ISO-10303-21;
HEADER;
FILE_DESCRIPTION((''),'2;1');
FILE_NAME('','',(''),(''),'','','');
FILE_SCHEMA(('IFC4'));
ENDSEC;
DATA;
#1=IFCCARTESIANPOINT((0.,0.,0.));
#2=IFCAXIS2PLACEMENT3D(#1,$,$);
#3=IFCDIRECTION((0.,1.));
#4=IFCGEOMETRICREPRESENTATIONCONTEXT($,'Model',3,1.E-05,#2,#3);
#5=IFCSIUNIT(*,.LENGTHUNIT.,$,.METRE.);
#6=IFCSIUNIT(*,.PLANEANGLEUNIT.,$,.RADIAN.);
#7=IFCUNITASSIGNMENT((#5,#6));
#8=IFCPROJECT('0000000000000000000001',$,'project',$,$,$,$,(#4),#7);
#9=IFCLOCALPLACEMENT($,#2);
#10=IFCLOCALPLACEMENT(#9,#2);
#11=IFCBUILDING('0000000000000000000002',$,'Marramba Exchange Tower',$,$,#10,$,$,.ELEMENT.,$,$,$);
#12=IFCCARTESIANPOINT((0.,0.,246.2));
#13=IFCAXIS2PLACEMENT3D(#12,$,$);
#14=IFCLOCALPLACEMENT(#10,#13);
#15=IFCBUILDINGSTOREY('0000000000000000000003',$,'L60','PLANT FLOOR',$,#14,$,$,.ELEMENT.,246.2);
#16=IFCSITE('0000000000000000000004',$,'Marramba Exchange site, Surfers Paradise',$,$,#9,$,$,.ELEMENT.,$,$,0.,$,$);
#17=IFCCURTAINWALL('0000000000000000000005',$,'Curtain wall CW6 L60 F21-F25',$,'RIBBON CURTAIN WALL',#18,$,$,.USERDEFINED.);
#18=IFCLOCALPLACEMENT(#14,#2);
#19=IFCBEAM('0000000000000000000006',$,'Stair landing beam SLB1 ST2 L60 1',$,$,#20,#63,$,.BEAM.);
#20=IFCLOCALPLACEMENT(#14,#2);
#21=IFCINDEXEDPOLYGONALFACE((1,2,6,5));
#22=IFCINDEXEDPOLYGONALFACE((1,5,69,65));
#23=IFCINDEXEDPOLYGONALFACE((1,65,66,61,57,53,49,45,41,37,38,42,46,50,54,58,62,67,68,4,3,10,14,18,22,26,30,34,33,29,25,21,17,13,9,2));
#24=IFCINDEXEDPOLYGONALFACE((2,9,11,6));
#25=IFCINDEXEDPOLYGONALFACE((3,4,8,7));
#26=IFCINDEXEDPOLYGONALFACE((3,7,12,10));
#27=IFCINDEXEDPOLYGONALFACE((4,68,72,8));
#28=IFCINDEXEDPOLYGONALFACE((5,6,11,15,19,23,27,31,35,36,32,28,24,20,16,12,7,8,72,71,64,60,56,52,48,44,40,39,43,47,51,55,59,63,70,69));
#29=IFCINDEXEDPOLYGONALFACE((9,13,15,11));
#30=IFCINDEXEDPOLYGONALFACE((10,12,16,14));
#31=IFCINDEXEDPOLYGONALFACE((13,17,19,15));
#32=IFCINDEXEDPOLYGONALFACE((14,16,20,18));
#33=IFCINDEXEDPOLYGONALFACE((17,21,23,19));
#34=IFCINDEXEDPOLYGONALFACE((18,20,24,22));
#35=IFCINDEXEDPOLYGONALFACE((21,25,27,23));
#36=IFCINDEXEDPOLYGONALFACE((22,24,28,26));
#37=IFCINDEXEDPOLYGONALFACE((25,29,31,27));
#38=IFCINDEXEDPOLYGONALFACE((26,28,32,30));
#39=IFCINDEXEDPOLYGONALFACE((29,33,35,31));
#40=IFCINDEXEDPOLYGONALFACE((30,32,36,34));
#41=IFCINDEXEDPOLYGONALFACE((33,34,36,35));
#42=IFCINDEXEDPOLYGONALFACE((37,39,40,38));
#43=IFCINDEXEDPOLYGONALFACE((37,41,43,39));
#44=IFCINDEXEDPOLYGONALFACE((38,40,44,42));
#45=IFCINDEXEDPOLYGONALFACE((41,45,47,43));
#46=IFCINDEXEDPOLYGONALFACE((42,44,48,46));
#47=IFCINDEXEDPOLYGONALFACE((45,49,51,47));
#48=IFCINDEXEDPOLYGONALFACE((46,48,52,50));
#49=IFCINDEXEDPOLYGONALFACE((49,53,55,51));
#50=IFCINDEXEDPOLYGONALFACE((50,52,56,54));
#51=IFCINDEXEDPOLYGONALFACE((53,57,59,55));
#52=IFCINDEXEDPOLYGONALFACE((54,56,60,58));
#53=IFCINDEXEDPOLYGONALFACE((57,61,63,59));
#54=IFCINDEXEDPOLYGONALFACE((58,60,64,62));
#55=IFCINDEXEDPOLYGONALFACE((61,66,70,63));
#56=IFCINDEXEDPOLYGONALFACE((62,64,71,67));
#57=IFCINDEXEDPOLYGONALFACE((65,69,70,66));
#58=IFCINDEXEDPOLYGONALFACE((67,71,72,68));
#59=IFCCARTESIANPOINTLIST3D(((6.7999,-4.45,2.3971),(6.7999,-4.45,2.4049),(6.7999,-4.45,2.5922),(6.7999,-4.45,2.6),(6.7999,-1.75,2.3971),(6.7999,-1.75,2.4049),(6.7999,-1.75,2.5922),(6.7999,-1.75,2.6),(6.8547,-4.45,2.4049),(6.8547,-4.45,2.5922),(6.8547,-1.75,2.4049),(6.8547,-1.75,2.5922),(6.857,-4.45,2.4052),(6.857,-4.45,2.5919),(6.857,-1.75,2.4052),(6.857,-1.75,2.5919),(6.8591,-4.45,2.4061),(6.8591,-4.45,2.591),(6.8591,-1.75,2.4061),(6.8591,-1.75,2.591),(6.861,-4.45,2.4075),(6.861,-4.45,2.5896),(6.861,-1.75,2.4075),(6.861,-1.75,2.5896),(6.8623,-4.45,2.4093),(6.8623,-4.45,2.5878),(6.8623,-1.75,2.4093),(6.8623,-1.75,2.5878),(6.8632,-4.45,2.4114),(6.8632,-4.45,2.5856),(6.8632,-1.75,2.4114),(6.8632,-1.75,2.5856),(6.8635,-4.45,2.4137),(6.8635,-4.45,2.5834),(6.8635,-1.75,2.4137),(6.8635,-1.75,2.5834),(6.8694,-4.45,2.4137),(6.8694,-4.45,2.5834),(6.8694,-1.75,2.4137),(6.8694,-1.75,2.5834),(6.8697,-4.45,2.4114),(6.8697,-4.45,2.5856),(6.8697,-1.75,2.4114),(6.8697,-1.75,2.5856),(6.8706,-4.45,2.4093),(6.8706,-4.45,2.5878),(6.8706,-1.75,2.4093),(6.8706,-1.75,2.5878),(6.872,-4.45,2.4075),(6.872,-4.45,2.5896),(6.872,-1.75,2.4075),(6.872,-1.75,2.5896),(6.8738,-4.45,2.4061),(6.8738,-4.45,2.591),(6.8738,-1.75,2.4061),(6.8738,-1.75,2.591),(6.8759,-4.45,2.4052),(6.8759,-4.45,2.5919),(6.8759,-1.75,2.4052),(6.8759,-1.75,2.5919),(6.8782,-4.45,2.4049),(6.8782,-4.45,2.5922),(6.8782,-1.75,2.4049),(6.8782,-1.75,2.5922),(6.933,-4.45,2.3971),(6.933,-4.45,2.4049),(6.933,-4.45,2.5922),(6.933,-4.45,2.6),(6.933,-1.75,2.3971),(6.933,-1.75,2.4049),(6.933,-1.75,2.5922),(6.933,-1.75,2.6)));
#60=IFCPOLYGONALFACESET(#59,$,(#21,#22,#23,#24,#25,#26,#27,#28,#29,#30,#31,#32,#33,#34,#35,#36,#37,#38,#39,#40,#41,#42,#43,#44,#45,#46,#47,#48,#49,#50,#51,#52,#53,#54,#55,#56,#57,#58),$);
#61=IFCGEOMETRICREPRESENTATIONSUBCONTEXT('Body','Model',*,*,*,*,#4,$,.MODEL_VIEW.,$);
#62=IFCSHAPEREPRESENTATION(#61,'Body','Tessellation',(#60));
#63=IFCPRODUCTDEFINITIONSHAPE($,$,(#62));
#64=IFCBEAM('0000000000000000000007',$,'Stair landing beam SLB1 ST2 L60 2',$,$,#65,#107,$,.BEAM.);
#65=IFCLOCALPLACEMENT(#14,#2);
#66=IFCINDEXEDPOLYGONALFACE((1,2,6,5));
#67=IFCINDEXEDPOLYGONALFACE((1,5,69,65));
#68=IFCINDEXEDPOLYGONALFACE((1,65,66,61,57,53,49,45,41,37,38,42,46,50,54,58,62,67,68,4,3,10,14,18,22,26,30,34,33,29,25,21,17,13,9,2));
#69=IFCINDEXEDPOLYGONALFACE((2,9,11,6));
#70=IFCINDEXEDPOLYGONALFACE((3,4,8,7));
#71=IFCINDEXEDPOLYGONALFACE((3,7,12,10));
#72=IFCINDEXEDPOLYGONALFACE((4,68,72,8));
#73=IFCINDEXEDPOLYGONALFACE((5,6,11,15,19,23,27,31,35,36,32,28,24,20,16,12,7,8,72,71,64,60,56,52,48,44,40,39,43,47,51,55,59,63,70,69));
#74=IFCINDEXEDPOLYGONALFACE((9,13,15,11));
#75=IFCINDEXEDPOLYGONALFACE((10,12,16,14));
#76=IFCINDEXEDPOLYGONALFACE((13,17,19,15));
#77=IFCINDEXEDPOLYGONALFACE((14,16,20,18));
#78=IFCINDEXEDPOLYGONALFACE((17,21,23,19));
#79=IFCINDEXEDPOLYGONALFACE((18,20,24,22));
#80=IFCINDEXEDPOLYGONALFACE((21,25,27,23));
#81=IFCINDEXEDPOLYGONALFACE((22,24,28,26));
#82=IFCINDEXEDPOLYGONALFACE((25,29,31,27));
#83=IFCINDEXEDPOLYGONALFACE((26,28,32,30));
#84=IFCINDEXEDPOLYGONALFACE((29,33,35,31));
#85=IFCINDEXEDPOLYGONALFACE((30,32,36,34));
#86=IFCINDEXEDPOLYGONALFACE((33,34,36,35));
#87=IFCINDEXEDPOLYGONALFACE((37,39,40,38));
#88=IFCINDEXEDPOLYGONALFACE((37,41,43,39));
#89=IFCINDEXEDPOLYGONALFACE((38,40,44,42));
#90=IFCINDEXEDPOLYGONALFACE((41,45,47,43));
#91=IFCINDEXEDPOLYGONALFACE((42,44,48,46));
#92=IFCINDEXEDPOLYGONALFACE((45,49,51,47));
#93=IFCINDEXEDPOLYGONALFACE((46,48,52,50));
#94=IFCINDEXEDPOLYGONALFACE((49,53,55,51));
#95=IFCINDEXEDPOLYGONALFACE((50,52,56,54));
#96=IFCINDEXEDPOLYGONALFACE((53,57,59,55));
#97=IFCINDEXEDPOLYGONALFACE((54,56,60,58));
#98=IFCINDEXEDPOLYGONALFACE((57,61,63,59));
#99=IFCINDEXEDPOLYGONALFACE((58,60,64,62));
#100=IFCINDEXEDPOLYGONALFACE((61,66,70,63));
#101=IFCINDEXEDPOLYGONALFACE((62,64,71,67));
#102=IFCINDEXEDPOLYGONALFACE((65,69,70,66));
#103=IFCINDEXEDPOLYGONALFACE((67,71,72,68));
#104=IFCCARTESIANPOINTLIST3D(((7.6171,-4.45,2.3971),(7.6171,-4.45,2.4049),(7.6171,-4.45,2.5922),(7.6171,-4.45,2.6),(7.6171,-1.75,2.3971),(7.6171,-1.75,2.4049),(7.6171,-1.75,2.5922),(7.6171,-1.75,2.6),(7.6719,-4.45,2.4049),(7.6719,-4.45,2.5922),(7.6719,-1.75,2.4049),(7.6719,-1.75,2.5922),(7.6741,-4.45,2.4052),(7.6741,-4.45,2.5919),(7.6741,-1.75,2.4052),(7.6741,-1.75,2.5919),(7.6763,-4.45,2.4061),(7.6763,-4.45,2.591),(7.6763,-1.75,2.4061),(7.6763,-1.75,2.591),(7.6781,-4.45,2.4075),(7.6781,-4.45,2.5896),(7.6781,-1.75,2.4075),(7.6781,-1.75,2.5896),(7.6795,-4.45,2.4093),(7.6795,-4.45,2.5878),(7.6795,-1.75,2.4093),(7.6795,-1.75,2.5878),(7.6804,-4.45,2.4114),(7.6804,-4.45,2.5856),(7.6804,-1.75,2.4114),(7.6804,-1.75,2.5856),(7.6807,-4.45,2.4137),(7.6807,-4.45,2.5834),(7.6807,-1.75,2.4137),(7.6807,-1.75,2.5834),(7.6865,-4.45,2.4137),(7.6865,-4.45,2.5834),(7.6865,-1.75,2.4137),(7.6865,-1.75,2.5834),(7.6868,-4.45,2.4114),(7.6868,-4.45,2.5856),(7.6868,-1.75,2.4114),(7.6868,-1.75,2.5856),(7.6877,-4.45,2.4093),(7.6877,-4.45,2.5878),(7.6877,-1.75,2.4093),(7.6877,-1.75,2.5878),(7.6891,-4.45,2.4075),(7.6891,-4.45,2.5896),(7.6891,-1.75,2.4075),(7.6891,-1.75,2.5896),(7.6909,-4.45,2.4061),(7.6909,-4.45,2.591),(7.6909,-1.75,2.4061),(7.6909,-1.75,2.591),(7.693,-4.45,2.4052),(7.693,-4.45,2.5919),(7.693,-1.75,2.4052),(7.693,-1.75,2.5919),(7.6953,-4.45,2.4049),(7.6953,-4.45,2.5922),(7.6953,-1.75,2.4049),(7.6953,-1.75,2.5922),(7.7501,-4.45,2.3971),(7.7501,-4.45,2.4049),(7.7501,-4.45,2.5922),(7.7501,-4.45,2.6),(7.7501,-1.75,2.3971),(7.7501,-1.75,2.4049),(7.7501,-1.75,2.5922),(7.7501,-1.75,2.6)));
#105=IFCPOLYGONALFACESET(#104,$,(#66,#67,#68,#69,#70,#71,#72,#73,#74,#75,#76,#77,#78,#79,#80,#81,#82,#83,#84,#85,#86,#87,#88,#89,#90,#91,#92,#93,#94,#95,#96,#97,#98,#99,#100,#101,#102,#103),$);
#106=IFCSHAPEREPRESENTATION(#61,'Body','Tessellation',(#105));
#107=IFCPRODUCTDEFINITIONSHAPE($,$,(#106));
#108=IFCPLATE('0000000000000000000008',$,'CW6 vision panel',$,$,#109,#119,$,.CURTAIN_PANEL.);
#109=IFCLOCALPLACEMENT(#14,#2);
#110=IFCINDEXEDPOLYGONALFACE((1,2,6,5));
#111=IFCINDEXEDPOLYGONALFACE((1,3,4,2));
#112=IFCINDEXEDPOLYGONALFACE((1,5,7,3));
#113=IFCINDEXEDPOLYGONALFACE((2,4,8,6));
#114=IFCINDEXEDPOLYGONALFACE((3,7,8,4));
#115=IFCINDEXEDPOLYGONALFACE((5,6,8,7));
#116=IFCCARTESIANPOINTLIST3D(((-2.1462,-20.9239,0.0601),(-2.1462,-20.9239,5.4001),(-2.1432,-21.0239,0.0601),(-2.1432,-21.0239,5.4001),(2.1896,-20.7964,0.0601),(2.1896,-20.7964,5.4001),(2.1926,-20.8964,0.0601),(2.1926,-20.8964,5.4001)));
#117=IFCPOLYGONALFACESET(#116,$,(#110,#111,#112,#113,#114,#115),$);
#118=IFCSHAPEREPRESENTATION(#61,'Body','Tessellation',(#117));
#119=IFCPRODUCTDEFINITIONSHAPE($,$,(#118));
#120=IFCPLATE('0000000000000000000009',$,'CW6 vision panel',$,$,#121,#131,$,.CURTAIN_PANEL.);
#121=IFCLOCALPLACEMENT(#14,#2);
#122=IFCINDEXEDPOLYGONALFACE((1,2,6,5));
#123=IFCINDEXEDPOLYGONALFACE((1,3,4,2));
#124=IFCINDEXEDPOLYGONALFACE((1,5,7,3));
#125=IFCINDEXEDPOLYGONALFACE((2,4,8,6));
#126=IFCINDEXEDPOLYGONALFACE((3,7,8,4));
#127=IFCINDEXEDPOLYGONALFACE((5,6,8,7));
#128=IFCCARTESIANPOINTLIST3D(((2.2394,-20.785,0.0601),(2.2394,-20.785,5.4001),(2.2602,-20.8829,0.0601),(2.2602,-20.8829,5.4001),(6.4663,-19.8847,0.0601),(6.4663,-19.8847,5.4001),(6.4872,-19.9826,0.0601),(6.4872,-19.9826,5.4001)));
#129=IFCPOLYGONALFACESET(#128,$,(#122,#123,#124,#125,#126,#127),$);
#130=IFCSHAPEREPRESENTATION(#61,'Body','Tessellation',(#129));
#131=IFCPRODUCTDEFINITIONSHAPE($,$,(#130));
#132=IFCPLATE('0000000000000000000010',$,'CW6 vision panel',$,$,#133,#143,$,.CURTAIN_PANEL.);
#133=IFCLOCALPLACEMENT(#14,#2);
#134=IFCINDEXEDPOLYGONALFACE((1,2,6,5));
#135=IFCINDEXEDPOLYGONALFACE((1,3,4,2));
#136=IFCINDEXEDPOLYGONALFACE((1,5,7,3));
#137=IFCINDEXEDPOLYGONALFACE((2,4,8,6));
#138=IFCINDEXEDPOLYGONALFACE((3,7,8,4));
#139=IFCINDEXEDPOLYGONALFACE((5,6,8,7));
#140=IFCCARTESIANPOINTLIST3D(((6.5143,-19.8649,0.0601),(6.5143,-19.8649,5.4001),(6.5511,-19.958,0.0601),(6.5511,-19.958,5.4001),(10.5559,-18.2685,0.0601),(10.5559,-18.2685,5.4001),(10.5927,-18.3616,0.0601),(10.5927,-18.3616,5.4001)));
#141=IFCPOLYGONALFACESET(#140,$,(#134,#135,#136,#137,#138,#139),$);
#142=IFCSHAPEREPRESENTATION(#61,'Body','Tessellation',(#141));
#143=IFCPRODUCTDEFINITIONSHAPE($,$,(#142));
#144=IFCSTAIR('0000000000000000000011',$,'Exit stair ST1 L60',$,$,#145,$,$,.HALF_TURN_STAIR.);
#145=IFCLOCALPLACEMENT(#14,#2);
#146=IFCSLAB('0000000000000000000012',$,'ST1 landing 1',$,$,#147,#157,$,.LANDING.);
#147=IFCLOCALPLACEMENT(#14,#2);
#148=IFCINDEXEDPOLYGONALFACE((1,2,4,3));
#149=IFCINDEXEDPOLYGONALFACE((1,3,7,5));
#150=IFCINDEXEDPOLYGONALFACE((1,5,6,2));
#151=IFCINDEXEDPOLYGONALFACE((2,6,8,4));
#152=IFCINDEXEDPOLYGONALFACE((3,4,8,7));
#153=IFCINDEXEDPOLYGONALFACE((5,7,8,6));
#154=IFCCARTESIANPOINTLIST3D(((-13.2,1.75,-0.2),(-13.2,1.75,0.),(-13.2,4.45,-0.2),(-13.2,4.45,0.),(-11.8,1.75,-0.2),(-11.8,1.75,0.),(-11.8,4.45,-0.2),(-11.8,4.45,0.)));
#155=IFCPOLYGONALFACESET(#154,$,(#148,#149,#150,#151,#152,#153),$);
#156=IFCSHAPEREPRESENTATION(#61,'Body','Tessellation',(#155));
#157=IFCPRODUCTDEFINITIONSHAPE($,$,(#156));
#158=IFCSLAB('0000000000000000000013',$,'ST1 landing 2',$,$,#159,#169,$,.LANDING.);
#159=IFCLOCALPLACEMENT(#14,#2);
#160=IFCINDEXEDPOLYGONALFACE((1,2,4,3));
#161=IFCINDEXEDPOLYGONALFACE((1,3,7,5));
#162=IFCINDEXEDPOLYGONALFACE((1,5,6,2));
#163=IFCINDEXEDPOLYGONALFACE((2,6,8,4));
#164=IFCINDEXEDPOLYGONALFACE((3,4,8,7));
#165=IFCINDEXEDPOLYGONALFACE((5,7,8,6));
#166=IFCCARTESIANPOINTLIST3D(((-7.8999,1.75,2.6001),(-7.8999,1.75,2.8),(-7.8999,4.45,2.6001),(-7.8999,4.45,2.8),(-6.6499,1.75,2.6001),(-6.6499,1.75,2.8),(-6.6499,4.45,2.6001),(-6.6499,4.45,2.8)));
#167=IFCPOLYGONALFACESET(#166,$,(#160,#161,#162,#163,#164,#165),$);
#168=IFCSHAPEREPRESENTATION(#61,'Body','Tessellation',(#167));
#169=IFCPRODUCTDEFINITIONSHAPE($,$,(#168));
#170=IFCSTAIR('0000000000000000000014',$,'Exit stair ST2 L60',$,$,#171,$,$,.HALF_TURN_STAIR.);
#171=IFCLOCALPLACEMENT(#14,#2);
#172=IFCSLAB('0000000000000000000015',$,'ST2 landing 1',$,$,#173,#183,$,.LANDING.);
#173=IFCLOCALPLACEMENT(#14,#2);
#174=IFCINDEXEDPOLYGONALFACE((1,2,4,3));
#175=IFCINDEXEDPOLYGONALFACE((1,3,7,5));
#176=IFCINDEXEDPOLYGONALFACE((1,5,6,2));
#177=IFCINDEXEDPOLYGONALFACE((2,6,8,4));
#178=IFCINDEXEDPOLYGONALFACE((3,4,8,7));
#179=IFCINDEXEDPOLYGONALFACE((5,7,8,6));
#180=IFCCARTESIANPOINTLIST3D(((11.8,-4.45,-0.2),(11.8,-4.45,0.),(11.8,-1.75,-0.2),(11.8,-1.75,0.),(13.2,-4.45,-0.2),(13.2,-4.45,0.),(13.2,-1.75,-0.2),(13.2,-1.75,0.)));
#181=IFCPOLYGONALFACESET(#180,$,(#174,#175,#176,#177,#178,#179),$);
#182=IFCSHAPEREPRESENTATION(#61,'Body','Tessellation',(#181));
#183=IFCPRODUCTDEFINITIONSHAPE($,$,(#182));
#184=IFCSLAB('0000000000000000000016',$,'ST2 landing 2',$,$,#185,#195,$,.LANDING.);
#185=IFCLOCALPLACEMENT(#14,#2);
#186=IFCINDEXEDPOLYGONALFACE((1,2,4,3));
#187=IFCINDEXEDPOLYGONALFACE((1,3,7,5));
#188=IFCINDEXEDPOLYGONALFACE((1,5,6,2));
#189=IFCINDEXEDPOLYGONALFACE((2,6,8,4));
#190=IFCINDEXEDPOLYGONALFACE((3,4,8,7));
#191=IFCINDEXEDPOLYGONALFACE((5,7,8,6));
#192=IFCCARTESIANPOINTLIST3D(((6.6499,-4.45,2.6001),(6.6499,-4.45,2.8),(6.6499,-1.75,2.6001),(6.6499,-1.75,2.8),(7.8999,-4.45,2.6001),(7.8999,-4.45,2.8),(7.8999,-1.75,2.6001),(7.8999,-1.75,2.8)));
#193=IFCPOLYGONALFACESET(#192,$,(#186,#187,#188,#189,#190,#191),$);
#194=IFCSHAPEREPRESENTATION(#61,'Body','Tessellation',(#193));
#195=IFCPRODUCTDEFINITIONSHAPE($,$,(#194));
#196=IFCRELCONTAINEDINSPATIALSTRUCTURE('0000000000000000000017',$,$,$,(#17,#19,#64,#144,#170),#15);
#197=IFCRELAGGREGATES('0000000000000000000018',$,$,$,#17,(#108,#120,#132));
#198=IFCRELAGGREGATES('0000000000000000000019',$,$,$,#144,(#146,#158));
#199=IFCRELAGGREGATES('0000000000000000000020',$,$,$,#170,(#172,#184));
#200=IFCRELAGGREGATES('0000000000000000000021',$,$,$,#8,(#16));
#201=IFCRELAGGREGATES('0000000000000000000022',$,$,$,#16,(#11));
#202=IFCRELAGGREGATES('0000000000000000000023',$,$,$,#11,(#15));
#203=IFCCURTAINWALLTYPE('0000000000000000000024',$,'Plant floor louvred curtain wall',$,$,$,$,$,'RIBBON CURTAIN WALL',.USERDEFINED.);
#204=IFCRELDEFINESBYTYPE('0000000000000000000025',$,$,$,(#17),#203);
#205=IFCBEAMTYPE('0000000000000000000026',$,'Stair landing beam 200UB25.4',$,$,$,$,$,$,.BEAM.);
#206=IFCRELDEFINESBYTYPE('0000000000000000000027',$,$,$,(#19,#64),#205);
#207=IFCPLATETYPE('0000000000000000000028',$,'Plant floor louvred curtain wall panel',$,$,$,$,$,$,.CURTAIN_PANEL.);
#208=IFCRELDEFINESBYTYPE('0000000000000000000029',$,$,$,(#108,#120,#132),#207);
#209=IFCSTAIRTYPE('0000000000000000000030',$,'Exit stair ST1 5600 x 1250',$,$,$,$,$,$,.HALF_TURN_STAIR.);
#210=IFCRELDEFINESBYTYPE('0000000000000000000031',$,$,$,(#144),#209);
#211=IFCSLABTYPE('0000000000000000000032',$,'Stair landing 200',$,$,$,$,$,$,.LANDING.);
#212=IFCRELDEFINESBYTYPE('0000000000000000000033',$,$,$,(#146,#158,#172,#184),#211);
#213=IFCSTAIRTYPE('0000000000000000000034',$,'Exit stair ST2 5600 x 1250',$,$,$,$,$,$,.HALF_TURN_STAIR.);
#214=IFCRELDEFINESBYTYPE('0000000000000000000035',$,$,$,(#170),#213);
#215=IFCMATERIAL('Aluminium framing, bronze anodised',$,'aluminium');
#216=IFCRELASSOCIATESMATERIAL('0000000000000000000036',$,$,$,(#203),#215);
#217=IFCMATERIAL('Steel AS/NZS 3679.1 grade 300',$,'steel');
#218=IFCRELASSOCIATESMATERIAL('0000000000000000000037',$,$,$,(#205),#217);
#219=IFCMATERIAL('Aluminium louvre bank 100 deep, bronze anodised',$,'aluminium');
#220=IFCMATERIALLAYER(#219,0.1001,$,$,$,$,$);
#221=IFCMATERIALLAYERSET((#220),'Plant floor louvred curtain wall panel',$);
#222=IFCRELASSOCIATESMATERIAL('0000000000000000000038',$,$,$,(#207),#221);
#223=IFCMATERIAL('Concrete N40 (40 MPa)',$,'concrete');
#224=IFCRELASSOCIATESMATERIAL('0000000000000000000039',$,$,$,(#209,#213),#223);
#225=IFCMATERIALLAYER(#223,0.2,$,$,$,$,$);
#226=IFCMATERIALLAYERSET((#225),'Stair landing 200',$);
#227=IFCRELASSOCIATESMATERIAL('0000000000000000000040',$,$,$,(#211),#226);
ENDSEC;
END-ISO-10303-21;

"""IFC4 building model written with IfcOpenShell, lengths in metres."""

from ifc_helpers import new_model, si_unit, direction, frame, origin, origin_2d, place, context, subcontext, project, spatial, polyline, rectangle, i_section, outline, extrude, material, layer, layer_set, material_profile, profile_set, type_object, element, aggregate, save


model = new_model("IFC4")

# Units and contexts
model_context = context("Model", 3, precision=1e-05, world=origin(), true_north=direction((0.0, 1.0)))
body_context = subcontext(model_context, "Body", "Model", "MODEL_VIEW")
ifc_project = project(units=[si_unit("LENGTHUNIT", "METRE"), si_unit("PLANEANGLEUNIT", "RADIAN")], contexts=[model_context])

# Site, building, storey
site_placement = place(None, origin())
site = spatial("IfcSite", under=ifc_project, at=site_placement, Name="Marramba Exchange site, Surfers Paradise", CompositionType="ELEMENT", RefElevation=0.0)
building_placement = place(site_placement, origin())
building = spatial("IfcBuilding", under=site, at=building_placement, Name="Marramba Exchange Tower", CompositionType="ELEMENT")
storey_placement = place(building_placement, frame((0.0, 0.0, 246.2)))
storey = spatial("IfcBuildingStorey", under=building, at=storey_placement, Name="L60", Description="PLANT FLOOR", CompositionType="ELEMENT", Elevation=246.2)

# Shared definitions
ifc_material_1 = material(Name="Steel AS/NZS 3679.1 grade 300", Category="steel")

# Curtain wall
ifc_material_2 = material(Name="Aluminium framing, bronze anodised", Category="aluminium")
curtain_wall_type = type_object("IfcCurtainWallType", Name="Plant floor louvred curtain wall", ElementType="RIBBON CURTAIN WALL", PredefinedType="USERDEFINED", material=ifc_material_2)
curtain_wall_1_placement = place(storey_placement, origin())
curtain_wall_1 = element("IfcCurtainWall", 1, at=curtain_wall_1_placement, inside=storey, type_object=curtain_wall_type, Name="Curtain wall CW6 L60 F21-F25", ObjectType="RIBBON CURTAIN WALL", PredefinedType="USERDEFINED")

# Beams
ifc_material_profile_1 = material_profile(ifc_material_1, i_section(OverallWidth=0.1331, OverallDepth=0.2029, WebThickness=0.0059, FlangeThickness=0.0078, FilletRadius=0.0088, at=origin_2d()), Name="200UB25.4")
ifc_profile_set_1 = profile_set([ifc_material_profile_1], Name="Steel AS/NZS 3679.1 grade 300")
beam_type_1 = type_object("IfcBeamType", Name="Stair landing beam 200UB25.4", PredefinedType="BEAM", material=ifc_profile_set_1)
for number, where, z_axis, x_axis, name in (
    (2, (6.8665, -4.45, 2.4985), (0.0, 1.0, 0.0), (-1.0, 0.0, 0.0), "Stair landing beam SLB1 ST2 L60 1"),
    (3, (7.6836, -4.45, 2.4985), (0.0, 1.0, 0.0), (-1.0, 0.0, 0.0), "Stair landing beam SLB1 ST2 L60 2"),
):
    element("IfcBeam", number, at=place(storey_placement, frame(where, z_axis=z_axis, x_axis=x_axis)), inside=storey, type_object=beam_type_1, Name=name, PredefinedType="BEAM", context=body_context, shape_type="SweptSolid", body=[
        extrude(i_section(OverallWidth=0.1331, OverallDepth=0.2029, WebThickness=0.0059, FlangeThickness=0.0078, FilletRadius=0.0088, at=origin_2d()), origin(), (0.0, 0.0, 1.0), 2.7),
    ])

# Plates
ifc_material_3 = material(Name="Aluminium louvre bank 100 deep, bronze anodised", Category="aluminium")
ifc_layer_1 = layer(ifc_material_3, 0.1001)
ifc_layer_set_1 = layer_set([ifc_layer_1], Name="Plant floor louvred curtain wall panel")
plate_type = type_object("IfcPlateType", Name="Plant floor louvred curtain wall panel", PredefinedType="CURTAIN_PANEL", material=ifc_layer_set_1)
plate_1_placement = place(storey_placement, frame((0.0232, -20.9102, 0.0601), z_axis=(0.0, 0.0, 1.0), x_axis=(0.999568, 0.029393, 0.0)))
plate_1 = element("IfcPlate", 4, at=plate_1_placement, type_object=plate_type, Name="CW6 vision panel", PredefinedType="CURTAIN_PANEL", context=body_context, shape_type="SweptSolid", body=[
    extrude(rectangle(XDim=4.3376, YDim=0.1001, at=origin_2d()), origin(), (0.0, 0.0, 1.0), 5.3401),
])
plate_2_placement = place(storey_placement, frame((4.3633, -20.3838, 0.0601), z_axis=(0.0, 0.0, 1.0), x_axis=(0.978058, 0.208332, 0.0)))
plate_2 = element("IfcPlate", 5, at=plate_2_placement, type_object=plate_type, Name="CW6 vision panel", PredefinedType="CURTAIN_PANEL", context=body_context, shape_type="SweptSolid", body=[
    extrude(rectangle(XDim=4.3218, YDim=0.1001, at=origin_2d()), origin(), (0.0, 0.0, 1.0), 5.3401),
])
plate_3_placement = place(storey_placement, frame((8.5535, -19.1133, 0.0601), z_axis=(0.0, 0.0, 1.0), x_axis=(0.930073, 0.367375, 0.0)))
plate_3 = element("IfcPlate", 6, at=plate_3_placement, type_object=plate_type, Name="CW6 vision panel", PredefinedType="CURTAIN_PANEL", context=body_context, shape_type="SweptSolid", body=[
    extrude(rectangle(XDim=4.3455, YDim=0.1001, at=origin_2d()), origin(), (0.0, 0.0, 1.0), 5.3401),
])
aggregate(curtain_wall_1, [plate_1, plate_2, plate_3])

# Stairs, slabs
ifc_material_4 = material(Name="Concrete N40 (40 MPa)", Category="concrete")
stair_type_1 = type_object("IfcStairType", Name="Exit stair ST1 5600 x 1250", PredefinedType="HALF_TURN_STAIR", material=ifc_material_4)
stair_1_placement = place(storey_placement, origin())
stair_1 = element("IfcStair", 7, at=stair_1_placement, inside=storey, type_object=stair_type_1, Name="Exit stair ST1 L60", PredefinedType="HALF_TURN_STAIR")
ifc_layer_2 = layer(ifc_material_4, 0.2)
ifc_layer_set_2 = layer_set([ifc_layer_2], Name="Stair landing 200")
slab_type = type_object("IfcSlabType", Name="Stair landing 200", PredefinedType="LANDING", material=ifc_layer_set_2)
slab_1_placement = place(storey_placement, frame((0.0, 0.0, -0.2)))
slab_1 = element("IfcSlab", 8, at=slab_1_placement, type_object=slab_type, Name="ST1 landing 1", PredefinedType="LANDING", context=body_context, shape_type="SweptSolid", body=[
    extrude(outline(polyline([(-13.2, 1.75), (-11.8, 1.75), (-11.8, 4.45), (-13.2, 4.45), (-13.2, 1.75)])), origin(), (0.0, 0.0, 1.0), 0.2),
])
slab_2_placement = place(storey_placement, frame((0.0, 0.0, 2.6001)))
slab_2 = element("IfcSlab", 9, at=slab_2_placement, type_object=slab_type, Name="ST1 landing 2", PredefinedType="LANDING", context=body_context, shape_type="SweptSolid", body=[
    extrude(outline(polyline([(-7.8999, 1.75), (-6.6499, 1.75), (-6.6499, 4.45), (-7.8999, 4.45), (-7.8999, 1.75)])), origin(), (0.0, 0.0, 1.0), 0.2),
])
aggregate(stair_1, [slab_1, slab_2])
stair_type_2 = type_object("IfcStairType", Name="Exit stair ST2 5600 x 1250", PredefinedType="HALF_TURN_STAIR", material=ifc_material_4)
stair_2_placement = place(storey_placement, origin())
stair_2 = element("IfcStair", 10, at=stair_2_placement, inside=storey, type_object=stair_type_2, Name="Exit stair ST2 L60", PredefinedType="HALF_TURN_STAIR")
slab_3_placement = place(storey_placement, frame((0.0, 0.0, -0.2)))
slab_3 = element("IfcSlab", 11, at=slab_3_placement, type_object=slab_type, Name="ST2 landing 1", PredefinedType="LANDING", context=body_context, shape_type="SweptSolid", body=[
    extrude(outline(polyline([(11.8, -4.45), (13.2, -4.45), (13.2, -1.75), (11.8, -1.75), (11.8, -4.45)])), origin(), (0.0, 0.0, 1.0), 0.2),
])
slab_4_placement = place(storey_placement, frame((0.0, 0.0, 2.6001)))
slab_4 = element("IfcSlab", 12, at=slab_4_placement, type_object=slab_type, Name="ST2 landing 2", PredefinedType="LANDING", context=body_context, shape_type="SweptSolid", body=[
    extrude(outline(polyline([(6.6499, -4.45), (7.8999, -4.45), (7.8999, -1.75), (6.6499, -1.75), (6.6499, -4.45)])), origin(), (0.0, 0.0, 1.0), 0.2),
])

aggregate(stair_2, [slab_3, slab_4])

save(model, "model.ifc")
